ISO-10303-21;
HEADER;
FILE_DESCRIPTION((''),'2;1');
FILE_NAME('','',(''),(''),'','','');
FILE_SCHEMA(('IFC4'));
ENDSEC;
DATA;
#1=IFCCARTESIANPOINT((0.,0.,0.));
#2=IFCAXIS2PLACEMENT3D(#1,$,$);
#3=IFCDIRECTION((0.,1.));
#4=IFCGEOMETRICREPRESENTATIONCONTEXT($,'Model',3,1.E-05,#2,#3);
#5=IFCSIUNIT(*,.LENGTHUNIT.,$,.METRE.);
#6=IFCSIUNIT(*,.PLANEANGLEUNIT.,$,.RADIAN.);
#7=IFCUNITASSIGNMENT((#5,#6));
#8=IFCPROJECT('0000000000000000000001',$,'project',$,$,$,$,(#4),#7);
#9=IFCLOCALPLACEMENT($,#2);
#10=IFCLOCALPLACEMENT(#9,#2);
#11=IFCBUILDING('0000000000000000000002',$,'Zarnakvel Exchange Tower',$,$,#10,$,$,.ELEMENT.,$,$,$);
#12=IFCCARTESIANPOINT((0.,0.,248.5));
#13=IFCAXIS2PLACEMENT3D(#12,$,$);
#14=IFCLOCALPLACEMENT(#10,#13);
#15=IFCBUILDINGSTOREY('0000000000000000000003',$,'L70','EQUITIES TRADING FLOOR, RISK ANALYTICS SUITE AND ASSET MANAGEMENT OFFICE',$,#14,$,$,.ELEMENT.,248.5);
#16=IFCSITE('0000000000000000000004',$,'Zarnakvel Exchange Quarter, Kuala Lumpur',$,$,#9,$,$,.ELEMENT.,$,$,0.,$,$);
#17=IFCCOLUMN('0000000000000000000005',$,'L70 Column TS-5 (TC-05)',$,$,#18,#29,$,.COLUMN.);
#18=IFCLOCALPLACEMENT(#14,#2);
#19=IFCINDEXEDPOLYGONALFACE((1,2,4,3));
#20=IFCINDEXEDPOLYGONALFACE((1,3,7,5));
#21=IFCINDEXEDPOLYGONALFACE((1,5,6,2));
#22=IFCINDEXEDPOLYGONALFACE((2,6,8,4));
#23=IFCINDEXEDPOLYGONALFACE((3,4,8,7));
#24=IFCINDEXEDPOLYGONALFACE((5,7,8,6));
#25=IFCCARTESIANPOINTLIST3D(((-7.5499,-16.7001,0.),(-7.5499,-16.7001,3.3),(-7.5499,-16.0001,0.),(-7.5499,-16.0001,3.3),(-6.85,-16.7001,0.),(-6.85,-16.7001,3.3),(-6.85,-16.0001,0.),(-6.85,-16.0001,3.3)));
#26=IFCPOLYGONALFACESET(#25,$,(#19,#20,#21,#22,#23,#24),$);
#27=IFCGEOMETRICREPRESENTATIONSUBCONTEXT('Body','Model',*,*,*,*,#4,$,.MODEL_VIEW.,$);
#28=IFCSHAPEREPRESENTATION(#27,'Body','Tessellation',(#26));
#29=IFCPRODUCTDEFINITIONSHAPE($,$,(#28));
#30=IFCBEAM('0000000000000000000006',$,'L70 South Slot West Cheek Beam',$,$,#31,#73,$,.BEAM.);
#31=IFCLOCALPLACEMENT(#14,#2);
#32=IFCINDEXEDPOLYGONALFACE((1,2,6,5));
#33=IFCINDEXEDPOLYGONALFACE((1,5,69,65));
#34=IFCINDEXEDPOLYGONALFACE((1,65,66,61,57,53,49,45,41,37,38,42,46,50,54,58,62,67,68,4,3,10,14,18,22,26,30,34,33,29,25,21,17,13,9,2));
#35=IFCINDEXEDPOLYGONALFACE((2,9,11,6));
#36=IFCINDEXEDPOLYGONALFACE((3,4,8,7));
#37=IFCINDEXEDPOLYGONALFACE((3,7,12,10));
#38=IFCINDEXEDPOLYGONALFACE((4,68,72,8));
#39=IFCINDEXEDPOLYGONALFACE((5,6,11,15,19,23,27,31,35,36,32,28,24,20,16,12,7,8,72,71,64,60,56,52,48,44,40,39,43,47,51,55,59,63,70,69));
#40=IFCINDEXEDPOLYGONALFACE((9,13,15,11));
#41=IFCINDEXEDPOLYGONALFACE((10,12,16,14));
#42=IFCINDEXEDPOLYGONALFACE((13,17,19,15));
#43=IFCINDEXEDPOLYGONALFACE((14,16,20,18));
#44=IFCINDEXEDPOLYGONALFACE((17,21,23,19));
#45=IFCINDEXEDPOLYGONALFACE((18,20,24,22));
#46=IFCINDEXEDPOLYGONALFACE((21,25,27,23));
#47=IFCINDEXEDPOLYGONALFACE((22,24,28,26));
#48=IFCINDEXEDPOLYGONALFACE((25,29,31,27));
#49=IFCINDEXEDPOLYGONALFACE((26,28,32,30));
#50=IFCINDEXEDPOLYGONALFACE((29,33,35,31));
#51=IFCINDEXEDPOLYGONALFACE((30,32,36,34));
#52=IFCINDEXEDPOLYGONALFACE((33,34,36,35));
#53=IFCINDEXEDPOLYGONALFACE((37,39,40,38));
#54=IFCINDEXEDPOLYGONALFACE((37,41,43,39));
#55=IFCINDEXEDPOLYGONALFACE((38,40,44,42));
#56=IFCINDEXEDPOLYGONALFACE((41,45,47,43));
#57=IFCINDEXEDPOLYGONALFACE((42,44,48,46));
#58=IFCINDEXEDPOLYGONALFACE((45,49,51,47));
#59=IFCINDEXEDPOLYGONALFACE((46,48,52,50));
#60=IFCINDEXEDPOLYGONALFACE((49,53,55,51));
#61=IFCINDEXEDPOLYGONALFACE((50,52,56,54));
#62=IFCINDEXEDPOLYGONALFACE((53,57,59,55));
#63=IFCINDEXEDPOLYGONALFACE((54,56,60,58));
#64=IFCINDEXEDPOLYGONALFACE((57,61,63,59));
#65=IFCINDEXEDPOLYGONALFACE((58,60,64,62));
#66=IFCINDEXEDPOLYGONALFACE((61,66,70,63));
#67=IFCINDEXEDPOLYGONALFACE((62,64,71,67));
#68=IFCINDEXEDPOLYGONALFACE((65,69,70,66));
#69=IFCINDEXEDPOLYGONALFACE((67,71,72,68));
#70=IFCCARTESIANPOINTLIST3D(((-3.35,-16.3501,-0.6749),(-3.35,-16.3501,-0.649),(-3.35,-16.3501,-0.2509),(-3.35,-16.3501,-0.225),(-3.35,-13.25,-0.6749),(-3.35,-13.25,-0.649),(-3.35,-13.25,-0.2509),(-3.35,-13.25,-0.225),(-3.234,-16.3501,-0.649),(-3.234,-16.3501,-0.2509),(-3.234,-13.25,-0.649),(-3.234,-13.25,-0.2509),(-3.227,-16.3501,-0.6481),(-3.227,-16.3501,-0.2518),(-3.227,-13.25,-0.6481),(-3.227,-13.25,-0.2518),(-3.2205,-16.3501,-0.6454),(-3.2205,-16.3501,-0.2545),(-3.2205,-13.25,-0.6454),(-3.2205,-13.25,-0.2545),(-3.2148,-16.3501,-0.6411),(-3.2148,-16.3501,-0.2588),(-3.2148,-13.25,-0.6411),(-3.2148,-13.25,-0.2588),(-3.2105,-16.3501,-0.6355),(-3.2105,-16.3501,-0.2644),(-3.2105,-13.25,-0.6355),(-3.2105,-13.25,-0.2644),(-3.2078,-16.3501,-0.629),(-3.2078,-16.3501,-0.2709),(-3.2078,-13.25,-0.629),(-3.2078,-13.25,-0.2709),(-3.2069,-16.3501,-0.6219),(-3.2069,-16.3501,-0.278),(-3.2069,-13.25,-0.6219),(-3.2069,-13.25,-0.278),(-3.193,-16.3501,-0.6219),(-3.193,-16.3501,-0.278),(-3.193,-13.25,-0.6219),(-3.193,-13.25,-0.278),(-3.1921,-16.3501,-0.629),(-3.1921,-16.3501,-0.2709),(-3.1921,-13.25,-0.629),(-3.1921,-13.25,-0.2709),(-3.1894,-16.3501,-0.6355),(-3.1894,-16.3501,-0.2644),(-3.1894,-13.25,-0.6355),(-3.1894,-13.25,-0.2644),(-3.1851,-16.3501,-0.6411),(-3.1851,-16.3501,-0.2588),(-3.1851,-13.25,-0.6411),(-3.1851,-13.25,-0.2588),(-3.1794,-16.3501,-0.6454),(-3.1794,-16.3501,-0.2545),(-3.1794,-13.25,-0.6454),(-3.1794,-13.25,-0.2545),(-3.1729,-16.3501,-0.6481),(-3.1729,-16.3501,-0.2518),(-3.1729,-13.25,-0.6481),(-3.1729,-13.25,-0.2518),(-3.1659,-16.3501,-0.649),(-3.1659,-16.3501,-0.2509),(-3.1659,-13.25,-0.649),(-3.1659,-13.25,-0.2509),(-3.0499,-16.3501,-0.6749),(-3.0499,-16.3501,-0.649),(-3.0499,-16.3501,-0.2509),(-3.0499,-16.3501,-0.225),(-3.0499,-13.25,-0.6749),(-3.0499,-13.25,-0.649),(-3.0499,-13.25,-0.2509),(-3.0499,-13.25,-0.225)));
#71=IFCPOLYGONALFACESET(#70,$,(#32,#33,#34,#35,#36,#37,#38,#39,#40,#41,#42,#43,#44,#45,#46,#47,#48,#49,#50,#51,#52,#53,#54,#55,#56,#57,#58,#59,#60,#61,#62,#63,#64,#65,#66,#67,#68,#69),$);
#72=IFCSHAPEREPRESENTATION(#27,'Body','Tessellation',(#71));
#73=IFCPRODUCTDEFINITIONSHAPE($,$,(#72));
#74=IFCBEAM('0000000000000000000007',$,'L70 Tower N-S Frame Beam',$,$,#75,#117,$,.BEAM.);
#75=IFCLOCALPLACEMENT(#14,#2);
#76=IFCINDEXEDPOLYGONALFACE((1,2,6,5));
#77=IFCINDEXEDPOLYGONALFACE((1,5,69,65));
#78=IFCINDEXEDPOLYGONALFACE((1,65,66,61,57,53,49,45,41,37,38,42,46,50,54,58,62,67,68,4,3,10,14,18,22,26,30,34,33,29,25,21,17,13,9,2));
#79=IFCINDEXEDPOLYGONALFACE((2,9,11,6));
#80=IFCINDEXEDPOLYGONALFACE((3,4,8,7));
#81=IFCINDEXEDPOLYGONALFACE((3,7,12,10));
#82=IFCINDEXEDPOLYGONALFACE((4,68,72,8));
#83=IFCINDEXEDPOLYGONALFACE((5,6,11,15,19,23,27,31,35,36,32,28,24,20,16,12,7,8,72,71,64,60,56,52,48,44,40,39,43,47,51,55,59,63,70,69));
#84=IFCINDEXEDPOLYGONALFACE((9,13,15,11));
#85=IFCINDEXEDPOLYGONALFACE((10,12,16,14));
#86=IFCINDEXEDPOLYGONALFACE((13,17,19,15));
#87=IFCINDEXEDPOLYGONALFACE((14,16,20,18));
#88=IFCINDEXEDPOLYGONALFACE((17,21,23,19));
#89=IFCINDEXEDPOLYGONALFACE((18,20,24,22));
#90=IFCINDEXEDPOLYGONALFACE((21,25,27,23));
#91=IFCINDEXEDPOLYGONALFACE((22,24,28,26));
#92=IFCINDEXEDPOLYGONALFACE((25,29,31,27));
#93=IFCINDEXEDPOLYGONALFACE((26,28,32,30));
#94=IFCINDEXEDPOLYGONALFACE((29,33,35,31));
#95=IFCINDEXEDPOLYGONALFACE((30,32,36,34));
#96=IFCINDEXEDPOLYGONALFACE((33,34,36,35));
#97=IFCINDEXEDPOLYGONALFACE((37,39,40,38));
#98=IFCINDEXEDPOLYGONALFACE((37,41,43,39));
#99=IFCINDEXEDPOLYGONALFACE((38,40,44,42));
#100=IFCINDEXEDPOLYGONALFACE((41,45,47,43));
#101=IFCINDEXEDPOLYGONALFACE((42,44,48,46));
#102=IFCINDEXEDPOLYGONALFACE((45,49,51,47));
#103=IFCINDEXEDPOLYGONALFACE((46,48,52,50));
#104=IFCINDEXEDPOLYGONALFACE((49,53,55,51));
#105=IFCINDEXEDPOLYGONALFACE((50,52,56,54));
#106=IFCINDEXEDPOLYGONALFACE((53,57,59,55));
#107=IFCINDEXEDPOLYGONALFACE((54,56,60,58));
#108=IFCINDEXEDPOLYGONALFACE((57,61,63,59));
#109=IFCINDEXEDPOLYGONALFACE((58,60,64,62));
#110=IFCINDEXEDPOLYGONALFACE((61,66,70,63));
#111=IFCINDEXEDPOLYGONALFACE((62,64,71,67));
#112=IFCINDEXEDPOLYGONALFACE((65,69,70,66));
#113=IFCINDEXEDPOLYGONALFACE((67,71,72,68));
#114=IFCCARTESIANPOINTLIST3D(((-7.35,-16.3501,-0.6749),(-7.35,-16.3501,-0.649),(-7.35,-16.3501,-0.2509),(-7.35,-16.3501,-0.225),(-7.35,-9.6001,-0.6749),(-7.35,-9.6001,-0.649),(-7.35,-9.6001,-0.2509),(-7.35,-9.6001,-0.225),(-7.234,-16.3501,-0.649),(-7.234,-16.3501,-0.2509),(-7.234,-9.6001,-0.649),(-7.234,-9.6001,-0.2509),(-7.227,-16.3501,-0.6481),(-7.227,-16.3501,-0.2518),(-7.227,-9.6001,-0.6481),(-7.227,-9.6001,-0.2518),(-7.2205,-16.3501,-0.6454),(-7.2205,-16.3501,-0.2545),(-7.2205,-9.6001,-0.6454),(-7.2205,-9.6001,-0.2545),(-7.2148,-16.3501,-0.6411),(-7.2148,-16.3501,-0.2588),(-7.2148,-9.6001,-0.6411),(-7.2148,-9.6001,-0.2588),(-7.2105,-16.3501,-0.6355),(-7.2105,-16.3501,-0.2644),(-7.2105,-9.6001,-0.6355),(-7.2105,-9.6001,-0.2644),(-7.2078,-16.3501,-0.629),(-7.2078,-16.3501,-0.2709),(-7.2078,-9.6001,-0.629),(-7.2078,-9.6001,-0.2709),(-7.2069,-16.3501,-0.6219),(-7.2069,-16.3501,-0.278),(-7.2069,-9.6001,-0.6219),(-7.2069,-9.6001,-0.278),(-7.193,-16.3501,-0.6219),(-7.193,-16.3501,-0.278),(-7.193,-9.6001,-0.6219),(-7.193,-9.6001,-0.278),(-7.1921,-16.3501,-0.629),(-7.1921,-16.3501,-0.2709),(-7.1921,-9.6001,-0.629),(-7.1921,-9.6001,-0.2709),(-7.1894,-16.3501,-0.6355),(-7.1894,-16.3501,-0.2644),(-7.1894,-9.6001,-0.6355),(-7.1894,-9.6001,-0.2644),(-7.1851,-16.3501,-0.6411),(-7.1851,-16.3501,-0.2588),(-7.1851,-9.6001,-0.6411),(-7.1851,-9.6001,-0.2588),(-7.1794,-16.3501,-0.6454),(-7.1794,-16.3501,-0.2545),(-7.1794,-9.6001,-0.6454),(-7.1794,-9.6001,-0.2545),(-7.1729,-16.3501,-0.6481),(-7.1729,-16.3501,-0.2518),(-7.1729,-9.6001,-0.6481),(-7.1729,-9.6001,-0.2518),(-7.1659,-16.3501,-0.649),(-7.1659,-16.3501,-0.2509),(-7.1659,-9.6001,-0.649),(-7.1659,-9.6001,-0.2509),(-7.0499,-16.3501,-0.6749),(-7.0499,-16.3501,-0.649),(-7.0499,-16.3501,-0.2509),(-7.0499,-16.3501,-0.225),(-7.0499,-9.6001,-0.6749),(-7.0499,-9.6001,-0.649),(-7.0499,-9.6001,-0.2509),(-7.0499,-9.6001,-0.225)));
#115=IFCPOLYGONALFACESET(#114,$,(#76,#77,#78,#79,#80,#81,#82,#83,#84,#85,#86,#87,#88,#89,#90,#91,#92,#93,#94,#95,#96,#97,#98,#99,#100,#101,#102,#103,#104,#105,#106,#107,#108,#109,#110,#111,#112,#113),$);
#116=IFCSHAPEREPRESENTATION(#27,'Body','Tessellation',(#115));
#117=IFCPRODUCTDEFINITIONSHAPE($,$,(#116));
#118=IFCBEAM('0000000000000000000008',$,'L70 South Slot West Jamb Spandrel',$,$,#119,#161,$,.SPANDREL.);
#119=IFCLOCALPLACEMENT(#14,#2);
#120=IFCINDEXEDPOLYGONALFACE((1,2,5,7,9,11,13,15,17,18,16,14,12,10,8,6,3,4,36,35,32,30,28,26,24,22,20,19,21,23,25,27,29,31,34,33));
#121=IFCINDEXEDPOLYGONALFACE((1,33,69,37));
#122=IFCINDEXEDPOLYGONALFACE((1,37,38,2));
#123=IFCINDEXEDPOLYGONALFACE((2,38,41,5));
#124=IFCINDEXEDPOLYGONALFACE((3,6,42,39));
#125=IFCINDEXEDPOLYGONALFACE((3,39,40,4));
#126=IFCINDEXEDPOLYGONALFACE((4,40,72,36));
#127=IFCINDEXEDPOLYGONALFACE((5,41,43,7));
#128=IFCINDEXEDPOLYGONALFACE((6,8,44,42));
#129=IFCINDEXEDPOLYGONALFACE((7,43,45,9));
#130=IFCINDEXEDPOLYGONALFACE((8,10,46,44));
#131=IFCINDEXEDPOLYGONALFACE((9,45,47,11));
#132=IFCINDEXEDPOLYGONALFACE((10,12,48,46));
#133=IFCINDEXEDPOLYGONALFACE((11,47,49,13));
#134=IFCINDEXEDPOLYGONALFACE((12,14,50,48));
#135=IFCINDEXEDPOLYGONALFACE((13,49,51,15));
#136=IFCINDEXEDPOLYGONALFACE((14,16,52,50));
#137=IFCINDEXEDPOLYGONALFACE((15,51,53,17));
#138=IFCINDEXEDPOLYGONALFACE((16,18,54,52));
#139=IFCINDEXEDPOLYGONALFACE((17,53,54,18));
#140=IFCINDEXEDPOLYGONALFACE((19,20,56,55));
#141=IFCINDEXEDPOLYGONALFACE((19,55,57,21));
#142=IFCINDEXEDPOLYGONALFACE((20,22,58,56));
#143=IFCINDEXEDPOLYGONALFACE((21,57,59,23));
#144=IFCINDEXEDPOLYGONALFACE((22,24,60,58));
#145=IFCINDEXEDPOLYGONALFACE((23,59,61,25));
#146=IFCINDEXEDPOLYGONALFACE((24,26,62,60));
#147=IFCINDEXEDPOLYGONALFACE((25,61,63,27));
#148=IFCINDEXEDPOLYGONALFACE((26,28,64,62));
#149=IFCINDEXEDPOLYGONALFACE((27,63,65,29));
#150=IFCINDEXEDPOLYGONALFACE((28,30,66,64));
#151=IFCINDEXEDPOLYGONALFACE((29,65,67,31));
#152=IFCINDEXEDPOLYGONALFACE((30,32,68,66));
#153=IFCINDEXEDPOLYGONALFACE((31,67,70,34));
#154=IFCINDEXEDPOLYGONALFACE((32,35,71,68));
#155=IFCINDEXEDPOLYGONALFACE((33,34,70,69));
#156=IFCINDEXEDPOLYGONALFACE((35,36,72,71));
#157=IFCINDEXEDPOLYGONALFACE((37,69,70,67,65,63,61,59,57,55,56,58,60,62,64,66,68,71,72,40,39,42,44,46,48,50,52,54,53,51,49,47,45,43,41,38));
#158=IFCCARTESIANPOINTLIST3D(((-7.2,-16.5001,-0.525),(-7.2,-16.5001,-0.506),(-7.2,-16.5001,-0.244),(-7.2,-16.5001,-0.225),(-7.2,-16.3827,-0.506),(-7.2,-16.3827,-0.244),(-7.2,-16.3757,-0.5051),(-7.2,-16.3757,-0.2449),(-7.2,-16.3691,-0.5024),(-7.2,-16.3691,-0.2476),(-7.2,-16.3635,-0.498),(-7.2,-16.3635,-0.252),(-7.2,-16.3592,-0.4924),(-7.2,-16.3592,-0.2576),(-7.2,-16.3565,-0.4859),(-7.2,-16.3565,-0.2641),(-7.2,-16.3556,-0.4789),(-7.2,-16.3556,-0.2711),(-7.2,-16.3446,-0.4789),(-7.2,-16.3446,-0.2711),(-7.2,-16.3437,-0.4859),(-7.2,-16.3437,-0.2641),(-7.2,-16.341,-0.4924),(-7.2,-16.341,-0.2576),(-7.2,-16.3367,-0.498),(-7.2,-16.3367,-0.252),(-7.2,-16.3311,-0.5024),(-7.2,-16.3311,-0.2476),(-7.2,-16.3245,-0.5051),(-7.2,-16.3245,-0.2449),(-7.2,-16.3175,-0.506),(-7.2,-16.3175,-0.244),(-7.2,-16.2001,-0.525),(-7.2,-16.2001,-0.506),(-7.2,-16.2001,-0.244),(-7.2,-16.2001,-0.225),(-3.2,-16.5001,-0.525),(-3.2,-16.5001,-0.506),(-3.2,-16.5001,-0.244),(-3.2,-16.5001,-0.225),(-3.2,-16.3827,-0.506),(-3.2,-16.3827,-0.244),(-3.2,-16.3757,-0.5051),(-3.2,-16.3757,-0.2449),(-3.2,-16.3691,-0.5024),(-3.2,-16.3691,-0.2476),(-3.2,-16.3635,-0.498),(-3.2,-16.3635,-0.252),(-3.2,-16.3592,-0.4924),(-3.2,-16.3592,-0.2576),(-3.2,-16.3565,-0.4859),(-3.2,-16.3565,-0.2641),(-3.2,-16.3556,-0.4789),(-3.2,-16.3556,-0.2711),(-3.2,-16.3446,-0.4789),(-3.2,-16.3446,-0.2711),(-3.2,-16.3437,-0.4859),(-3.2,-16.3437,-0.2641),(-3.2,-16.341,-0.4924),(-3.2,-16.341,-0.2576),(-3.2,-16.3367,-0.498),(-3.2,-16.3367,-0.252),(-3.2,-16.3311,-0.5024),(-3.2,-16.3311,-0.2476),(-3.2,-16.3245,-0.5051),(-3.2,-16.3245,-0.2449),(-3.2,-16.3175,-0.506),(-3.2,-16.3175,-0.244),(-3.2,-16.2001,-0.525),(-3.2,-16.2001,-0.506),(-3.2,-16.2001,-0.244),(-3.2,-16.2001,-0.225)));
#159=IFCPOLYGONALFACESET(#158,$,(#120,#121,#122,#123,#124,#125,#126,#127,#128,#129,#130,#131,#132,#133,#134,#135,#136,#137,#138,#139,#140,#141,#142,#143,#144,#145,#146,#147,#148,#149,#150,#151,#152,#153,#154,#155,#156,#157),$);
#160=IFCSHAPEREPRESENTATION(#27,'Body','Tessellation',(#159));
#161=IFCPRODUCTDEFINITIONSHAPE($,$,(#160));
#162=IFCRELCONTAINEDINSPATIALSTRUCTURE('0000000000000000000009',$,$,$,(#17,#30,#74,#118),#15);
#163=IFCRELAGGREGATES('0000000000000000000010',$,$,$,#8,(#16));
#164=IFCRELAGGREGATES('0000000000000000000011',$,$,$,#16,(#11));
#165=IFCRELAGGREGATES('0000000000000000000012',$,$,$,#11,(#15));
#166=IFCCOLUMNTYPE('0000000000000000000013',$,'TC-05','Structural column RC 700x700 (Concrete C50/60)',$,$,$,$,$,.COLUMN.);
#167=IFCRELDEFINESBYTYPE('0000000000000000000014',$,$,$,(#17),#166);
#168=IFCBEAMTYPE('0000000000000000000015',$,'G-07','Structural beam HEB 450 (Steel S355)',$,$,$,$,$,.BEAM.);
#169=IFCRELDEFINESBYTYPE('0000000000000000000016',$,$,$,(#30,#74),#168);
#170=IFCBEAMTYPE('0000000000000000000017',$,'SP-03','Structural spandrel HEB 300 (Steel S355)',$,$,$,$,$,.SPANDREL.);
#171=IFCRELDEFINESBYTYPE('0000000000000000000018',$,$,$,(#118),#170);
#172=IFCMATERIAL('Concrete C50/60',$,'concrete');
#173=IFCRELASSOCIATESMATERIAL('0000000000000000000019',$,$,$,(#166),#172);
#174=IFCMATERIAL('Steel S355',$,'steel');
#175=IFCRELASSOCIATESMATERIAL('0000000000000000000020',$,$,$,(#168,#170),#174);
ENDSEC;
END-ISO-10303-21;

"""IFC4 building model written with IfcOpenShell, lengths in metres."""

from ifc_helpers import new_model, si_unit, direction, frame, origin, origin_2d, place, context, subcontext, project, spatial, rectangle, i_section, extrude, material, material_profile, profile_set, type_object, element, save


model = new_model("IFC4")

# Units and contexts
model_context = context("Model", 3, precision=1e-05, world=origin(), true_north=direction((0.0, 1.0)))
body_context = subcontext(model_context, "Body", "Model", "MODEL_VIEW")
ifc_project = project(units=[si_unit("LENGTHUNIT", "METRE"), si_unit("PLANEANGLEUNIT", "RADIAN")], contexts=[model_context])

# Site, building, storey
site_placement = place(None, origin())
site = spatial("IfcSite", under=ifc_project, at=site_placement, Name="Zarnakvel Exchange Quarter, Kuala Lumpur", CompositionType="ELEMENT", RefElevation=0.0)
building_placement = place(site_placement, origin())
building = spatial("IfcBuilding", under=site, at=building_placement, Name="Zarnakvel Exchange Tower", CompositionType="ELEMENT")
storey_placement = place(building_placement, frame((0.0, 0.0, 248.5)))
storey = spatial("IfcBuildingStorey", under=building, at=storey_placement, Name="L70", Description="EQUITIES TRADING FLOOR, RISK ANALYTICS SUITE AND ASSET MANAGEMENT OFFICE", CompositionType="ELEMENT", Elevation=248.5)

# Column
ifc_material_1 = material(Name="Concrete C50/60", Category="concrete")
ifc_material_profile_1 = material_profile(ifc_material_1, rectangle(XDim=0.7, YDim=0.7, at=origin_2d()))
ifc_profile_set_1 = profile_set([ifc_material_profile_1], Name="Concrete C50/60")
column_type = type_object("IfcColumnType", Name="TC-05", Description="Structural column RC 700x700 (Concrete C50/60)", PredefinedType="COLUMN", material=ifc_profile_set_1)
column_placement = place(storey_placement, frame((-7.2, -16.3501, 0.0), z_axis=(0.0, 0.0, 1.0), x_axis=(1.0, 0.0, 0.0)))
element("IfcColumn", 1, at=column_placement, inside=storey, type_object=column_type, Name="L70 Column TS-5 (TC-05)", PredefinedType="COLUMN", context=body_context, shape_type="SweptSolid", body=[
    extrude(rectangle(XDim=0.7, YDim=0.7, at=origin_2d()), origin(), (0.0, 0.0, 1.0), 3.3),
])

# Beams
ifc_material_2 = material(Name="Steel S355", Category="steel")
ifc_material_profile_2 = material_profile(ifc_material_2, i_section(OverallWidth=0.3, OverallDepth=0.45, WebThickness=0.0139, FlangeThickness=0.0259, FilletRadius=0.0271, at=origin_2d()))
ifc_profile_set_2 = profile_set([ifc_material_profile_2], Name="Steel S355")
beam_type_1 = type_object("IfcBeamType", Name="G-07", Description="Structural beam HEB 450 (Steel S355)", PredefinedType="BEAM", material=ifc_profile_set_2)
beam_1_placement = place(storey_placement, frame((-3.2, -16.3501, -0.45), z_axis=(0.0, 1.0, 0.0), x_axis=(-1.0, 0.0, 0.0)))
element("IfcBeam", 2, at=beam_1_placement, inside=storey, type_object=beam_type_1, Name="L70 South Slot West Cheek Beam", PredefinedType="BEAM", context=body_context, shape_type="SweptSolid", body=[
    extrude(i_section(OverallWidth=0.3, OverallDepth=0.45, WebThickness=0.0139, FlangeThickness=0.0259, FilletRadius=0.0271, at=origin_2d()), origin(), (0.0, 0.0, 1.0), 3.1001),
])
beam_2_placement = place(storey_placement, frame((-7.2, -16.3501, -0.45), z_axis=(0.0, 1.0, 0.0), x_axis=(-1.0, 0.0, 0.0)))
element("IfcBeam", 3, at=beam_2_placement, inside=storey, type_object=beam_type_1, Name="L70 Tower N-S Frame Beam", PredefinedType="BEAM", context=body_context, shape_type="SweptSolid", body=[
    extrude(i_section(OverallWidth=0.3, OverallDepth=0.45, WebThickness=0.0139, FlangeThickness=0.0259, FilletRadius=0.0271, at=origin_2d()), origin(), (0.0, 0.0, 1.0), 6.75),
])
ifc_material_profile_3 = material_profile(ifc_material_2, i_section(OverallWidth=0.3, OverallDepth=0.3, WebThickness=0.011, FlangeThickness=0.019, FilletRadius=0.0271, at=origin_2d()))
ifc_profile_set_3 = profile_set([ifc_material_profile_3], Name="Steel S355")
beam_type_2 = type_object("IfcBeamType", Name="SP-03", Description="Structural spandrel HEB 300 (Steel S355)", PredefinedType="SPANDREL", material=ifc_profile_set_3)
beam_3_placement = place(storey_placement, frame((-7.2, -16.3501, -0.375), z_axis=(1.0, 0.0, 0.0), x_axis=(0.0, 1.0, 0.0)))
element("IfcBeam", 4, at=beam_3_placement, inside=storey, type_object=beam_type_2, Name="L70 South Slot West Jamb Spandrel", PredefinedType="SPANDREL", context=body_context, shape_type="SweptSolid", body=[
    extrude(i_section(OverallWidth=0.3, OverallDepth=0.3, WebThickness=0.011, FlangeThickness=0.019, FilletRadius=0.0271, at=origin_2d()), origin(), (0.0, 0.0, 1.0), 4.0),
])

save(model, "model.ifc")
